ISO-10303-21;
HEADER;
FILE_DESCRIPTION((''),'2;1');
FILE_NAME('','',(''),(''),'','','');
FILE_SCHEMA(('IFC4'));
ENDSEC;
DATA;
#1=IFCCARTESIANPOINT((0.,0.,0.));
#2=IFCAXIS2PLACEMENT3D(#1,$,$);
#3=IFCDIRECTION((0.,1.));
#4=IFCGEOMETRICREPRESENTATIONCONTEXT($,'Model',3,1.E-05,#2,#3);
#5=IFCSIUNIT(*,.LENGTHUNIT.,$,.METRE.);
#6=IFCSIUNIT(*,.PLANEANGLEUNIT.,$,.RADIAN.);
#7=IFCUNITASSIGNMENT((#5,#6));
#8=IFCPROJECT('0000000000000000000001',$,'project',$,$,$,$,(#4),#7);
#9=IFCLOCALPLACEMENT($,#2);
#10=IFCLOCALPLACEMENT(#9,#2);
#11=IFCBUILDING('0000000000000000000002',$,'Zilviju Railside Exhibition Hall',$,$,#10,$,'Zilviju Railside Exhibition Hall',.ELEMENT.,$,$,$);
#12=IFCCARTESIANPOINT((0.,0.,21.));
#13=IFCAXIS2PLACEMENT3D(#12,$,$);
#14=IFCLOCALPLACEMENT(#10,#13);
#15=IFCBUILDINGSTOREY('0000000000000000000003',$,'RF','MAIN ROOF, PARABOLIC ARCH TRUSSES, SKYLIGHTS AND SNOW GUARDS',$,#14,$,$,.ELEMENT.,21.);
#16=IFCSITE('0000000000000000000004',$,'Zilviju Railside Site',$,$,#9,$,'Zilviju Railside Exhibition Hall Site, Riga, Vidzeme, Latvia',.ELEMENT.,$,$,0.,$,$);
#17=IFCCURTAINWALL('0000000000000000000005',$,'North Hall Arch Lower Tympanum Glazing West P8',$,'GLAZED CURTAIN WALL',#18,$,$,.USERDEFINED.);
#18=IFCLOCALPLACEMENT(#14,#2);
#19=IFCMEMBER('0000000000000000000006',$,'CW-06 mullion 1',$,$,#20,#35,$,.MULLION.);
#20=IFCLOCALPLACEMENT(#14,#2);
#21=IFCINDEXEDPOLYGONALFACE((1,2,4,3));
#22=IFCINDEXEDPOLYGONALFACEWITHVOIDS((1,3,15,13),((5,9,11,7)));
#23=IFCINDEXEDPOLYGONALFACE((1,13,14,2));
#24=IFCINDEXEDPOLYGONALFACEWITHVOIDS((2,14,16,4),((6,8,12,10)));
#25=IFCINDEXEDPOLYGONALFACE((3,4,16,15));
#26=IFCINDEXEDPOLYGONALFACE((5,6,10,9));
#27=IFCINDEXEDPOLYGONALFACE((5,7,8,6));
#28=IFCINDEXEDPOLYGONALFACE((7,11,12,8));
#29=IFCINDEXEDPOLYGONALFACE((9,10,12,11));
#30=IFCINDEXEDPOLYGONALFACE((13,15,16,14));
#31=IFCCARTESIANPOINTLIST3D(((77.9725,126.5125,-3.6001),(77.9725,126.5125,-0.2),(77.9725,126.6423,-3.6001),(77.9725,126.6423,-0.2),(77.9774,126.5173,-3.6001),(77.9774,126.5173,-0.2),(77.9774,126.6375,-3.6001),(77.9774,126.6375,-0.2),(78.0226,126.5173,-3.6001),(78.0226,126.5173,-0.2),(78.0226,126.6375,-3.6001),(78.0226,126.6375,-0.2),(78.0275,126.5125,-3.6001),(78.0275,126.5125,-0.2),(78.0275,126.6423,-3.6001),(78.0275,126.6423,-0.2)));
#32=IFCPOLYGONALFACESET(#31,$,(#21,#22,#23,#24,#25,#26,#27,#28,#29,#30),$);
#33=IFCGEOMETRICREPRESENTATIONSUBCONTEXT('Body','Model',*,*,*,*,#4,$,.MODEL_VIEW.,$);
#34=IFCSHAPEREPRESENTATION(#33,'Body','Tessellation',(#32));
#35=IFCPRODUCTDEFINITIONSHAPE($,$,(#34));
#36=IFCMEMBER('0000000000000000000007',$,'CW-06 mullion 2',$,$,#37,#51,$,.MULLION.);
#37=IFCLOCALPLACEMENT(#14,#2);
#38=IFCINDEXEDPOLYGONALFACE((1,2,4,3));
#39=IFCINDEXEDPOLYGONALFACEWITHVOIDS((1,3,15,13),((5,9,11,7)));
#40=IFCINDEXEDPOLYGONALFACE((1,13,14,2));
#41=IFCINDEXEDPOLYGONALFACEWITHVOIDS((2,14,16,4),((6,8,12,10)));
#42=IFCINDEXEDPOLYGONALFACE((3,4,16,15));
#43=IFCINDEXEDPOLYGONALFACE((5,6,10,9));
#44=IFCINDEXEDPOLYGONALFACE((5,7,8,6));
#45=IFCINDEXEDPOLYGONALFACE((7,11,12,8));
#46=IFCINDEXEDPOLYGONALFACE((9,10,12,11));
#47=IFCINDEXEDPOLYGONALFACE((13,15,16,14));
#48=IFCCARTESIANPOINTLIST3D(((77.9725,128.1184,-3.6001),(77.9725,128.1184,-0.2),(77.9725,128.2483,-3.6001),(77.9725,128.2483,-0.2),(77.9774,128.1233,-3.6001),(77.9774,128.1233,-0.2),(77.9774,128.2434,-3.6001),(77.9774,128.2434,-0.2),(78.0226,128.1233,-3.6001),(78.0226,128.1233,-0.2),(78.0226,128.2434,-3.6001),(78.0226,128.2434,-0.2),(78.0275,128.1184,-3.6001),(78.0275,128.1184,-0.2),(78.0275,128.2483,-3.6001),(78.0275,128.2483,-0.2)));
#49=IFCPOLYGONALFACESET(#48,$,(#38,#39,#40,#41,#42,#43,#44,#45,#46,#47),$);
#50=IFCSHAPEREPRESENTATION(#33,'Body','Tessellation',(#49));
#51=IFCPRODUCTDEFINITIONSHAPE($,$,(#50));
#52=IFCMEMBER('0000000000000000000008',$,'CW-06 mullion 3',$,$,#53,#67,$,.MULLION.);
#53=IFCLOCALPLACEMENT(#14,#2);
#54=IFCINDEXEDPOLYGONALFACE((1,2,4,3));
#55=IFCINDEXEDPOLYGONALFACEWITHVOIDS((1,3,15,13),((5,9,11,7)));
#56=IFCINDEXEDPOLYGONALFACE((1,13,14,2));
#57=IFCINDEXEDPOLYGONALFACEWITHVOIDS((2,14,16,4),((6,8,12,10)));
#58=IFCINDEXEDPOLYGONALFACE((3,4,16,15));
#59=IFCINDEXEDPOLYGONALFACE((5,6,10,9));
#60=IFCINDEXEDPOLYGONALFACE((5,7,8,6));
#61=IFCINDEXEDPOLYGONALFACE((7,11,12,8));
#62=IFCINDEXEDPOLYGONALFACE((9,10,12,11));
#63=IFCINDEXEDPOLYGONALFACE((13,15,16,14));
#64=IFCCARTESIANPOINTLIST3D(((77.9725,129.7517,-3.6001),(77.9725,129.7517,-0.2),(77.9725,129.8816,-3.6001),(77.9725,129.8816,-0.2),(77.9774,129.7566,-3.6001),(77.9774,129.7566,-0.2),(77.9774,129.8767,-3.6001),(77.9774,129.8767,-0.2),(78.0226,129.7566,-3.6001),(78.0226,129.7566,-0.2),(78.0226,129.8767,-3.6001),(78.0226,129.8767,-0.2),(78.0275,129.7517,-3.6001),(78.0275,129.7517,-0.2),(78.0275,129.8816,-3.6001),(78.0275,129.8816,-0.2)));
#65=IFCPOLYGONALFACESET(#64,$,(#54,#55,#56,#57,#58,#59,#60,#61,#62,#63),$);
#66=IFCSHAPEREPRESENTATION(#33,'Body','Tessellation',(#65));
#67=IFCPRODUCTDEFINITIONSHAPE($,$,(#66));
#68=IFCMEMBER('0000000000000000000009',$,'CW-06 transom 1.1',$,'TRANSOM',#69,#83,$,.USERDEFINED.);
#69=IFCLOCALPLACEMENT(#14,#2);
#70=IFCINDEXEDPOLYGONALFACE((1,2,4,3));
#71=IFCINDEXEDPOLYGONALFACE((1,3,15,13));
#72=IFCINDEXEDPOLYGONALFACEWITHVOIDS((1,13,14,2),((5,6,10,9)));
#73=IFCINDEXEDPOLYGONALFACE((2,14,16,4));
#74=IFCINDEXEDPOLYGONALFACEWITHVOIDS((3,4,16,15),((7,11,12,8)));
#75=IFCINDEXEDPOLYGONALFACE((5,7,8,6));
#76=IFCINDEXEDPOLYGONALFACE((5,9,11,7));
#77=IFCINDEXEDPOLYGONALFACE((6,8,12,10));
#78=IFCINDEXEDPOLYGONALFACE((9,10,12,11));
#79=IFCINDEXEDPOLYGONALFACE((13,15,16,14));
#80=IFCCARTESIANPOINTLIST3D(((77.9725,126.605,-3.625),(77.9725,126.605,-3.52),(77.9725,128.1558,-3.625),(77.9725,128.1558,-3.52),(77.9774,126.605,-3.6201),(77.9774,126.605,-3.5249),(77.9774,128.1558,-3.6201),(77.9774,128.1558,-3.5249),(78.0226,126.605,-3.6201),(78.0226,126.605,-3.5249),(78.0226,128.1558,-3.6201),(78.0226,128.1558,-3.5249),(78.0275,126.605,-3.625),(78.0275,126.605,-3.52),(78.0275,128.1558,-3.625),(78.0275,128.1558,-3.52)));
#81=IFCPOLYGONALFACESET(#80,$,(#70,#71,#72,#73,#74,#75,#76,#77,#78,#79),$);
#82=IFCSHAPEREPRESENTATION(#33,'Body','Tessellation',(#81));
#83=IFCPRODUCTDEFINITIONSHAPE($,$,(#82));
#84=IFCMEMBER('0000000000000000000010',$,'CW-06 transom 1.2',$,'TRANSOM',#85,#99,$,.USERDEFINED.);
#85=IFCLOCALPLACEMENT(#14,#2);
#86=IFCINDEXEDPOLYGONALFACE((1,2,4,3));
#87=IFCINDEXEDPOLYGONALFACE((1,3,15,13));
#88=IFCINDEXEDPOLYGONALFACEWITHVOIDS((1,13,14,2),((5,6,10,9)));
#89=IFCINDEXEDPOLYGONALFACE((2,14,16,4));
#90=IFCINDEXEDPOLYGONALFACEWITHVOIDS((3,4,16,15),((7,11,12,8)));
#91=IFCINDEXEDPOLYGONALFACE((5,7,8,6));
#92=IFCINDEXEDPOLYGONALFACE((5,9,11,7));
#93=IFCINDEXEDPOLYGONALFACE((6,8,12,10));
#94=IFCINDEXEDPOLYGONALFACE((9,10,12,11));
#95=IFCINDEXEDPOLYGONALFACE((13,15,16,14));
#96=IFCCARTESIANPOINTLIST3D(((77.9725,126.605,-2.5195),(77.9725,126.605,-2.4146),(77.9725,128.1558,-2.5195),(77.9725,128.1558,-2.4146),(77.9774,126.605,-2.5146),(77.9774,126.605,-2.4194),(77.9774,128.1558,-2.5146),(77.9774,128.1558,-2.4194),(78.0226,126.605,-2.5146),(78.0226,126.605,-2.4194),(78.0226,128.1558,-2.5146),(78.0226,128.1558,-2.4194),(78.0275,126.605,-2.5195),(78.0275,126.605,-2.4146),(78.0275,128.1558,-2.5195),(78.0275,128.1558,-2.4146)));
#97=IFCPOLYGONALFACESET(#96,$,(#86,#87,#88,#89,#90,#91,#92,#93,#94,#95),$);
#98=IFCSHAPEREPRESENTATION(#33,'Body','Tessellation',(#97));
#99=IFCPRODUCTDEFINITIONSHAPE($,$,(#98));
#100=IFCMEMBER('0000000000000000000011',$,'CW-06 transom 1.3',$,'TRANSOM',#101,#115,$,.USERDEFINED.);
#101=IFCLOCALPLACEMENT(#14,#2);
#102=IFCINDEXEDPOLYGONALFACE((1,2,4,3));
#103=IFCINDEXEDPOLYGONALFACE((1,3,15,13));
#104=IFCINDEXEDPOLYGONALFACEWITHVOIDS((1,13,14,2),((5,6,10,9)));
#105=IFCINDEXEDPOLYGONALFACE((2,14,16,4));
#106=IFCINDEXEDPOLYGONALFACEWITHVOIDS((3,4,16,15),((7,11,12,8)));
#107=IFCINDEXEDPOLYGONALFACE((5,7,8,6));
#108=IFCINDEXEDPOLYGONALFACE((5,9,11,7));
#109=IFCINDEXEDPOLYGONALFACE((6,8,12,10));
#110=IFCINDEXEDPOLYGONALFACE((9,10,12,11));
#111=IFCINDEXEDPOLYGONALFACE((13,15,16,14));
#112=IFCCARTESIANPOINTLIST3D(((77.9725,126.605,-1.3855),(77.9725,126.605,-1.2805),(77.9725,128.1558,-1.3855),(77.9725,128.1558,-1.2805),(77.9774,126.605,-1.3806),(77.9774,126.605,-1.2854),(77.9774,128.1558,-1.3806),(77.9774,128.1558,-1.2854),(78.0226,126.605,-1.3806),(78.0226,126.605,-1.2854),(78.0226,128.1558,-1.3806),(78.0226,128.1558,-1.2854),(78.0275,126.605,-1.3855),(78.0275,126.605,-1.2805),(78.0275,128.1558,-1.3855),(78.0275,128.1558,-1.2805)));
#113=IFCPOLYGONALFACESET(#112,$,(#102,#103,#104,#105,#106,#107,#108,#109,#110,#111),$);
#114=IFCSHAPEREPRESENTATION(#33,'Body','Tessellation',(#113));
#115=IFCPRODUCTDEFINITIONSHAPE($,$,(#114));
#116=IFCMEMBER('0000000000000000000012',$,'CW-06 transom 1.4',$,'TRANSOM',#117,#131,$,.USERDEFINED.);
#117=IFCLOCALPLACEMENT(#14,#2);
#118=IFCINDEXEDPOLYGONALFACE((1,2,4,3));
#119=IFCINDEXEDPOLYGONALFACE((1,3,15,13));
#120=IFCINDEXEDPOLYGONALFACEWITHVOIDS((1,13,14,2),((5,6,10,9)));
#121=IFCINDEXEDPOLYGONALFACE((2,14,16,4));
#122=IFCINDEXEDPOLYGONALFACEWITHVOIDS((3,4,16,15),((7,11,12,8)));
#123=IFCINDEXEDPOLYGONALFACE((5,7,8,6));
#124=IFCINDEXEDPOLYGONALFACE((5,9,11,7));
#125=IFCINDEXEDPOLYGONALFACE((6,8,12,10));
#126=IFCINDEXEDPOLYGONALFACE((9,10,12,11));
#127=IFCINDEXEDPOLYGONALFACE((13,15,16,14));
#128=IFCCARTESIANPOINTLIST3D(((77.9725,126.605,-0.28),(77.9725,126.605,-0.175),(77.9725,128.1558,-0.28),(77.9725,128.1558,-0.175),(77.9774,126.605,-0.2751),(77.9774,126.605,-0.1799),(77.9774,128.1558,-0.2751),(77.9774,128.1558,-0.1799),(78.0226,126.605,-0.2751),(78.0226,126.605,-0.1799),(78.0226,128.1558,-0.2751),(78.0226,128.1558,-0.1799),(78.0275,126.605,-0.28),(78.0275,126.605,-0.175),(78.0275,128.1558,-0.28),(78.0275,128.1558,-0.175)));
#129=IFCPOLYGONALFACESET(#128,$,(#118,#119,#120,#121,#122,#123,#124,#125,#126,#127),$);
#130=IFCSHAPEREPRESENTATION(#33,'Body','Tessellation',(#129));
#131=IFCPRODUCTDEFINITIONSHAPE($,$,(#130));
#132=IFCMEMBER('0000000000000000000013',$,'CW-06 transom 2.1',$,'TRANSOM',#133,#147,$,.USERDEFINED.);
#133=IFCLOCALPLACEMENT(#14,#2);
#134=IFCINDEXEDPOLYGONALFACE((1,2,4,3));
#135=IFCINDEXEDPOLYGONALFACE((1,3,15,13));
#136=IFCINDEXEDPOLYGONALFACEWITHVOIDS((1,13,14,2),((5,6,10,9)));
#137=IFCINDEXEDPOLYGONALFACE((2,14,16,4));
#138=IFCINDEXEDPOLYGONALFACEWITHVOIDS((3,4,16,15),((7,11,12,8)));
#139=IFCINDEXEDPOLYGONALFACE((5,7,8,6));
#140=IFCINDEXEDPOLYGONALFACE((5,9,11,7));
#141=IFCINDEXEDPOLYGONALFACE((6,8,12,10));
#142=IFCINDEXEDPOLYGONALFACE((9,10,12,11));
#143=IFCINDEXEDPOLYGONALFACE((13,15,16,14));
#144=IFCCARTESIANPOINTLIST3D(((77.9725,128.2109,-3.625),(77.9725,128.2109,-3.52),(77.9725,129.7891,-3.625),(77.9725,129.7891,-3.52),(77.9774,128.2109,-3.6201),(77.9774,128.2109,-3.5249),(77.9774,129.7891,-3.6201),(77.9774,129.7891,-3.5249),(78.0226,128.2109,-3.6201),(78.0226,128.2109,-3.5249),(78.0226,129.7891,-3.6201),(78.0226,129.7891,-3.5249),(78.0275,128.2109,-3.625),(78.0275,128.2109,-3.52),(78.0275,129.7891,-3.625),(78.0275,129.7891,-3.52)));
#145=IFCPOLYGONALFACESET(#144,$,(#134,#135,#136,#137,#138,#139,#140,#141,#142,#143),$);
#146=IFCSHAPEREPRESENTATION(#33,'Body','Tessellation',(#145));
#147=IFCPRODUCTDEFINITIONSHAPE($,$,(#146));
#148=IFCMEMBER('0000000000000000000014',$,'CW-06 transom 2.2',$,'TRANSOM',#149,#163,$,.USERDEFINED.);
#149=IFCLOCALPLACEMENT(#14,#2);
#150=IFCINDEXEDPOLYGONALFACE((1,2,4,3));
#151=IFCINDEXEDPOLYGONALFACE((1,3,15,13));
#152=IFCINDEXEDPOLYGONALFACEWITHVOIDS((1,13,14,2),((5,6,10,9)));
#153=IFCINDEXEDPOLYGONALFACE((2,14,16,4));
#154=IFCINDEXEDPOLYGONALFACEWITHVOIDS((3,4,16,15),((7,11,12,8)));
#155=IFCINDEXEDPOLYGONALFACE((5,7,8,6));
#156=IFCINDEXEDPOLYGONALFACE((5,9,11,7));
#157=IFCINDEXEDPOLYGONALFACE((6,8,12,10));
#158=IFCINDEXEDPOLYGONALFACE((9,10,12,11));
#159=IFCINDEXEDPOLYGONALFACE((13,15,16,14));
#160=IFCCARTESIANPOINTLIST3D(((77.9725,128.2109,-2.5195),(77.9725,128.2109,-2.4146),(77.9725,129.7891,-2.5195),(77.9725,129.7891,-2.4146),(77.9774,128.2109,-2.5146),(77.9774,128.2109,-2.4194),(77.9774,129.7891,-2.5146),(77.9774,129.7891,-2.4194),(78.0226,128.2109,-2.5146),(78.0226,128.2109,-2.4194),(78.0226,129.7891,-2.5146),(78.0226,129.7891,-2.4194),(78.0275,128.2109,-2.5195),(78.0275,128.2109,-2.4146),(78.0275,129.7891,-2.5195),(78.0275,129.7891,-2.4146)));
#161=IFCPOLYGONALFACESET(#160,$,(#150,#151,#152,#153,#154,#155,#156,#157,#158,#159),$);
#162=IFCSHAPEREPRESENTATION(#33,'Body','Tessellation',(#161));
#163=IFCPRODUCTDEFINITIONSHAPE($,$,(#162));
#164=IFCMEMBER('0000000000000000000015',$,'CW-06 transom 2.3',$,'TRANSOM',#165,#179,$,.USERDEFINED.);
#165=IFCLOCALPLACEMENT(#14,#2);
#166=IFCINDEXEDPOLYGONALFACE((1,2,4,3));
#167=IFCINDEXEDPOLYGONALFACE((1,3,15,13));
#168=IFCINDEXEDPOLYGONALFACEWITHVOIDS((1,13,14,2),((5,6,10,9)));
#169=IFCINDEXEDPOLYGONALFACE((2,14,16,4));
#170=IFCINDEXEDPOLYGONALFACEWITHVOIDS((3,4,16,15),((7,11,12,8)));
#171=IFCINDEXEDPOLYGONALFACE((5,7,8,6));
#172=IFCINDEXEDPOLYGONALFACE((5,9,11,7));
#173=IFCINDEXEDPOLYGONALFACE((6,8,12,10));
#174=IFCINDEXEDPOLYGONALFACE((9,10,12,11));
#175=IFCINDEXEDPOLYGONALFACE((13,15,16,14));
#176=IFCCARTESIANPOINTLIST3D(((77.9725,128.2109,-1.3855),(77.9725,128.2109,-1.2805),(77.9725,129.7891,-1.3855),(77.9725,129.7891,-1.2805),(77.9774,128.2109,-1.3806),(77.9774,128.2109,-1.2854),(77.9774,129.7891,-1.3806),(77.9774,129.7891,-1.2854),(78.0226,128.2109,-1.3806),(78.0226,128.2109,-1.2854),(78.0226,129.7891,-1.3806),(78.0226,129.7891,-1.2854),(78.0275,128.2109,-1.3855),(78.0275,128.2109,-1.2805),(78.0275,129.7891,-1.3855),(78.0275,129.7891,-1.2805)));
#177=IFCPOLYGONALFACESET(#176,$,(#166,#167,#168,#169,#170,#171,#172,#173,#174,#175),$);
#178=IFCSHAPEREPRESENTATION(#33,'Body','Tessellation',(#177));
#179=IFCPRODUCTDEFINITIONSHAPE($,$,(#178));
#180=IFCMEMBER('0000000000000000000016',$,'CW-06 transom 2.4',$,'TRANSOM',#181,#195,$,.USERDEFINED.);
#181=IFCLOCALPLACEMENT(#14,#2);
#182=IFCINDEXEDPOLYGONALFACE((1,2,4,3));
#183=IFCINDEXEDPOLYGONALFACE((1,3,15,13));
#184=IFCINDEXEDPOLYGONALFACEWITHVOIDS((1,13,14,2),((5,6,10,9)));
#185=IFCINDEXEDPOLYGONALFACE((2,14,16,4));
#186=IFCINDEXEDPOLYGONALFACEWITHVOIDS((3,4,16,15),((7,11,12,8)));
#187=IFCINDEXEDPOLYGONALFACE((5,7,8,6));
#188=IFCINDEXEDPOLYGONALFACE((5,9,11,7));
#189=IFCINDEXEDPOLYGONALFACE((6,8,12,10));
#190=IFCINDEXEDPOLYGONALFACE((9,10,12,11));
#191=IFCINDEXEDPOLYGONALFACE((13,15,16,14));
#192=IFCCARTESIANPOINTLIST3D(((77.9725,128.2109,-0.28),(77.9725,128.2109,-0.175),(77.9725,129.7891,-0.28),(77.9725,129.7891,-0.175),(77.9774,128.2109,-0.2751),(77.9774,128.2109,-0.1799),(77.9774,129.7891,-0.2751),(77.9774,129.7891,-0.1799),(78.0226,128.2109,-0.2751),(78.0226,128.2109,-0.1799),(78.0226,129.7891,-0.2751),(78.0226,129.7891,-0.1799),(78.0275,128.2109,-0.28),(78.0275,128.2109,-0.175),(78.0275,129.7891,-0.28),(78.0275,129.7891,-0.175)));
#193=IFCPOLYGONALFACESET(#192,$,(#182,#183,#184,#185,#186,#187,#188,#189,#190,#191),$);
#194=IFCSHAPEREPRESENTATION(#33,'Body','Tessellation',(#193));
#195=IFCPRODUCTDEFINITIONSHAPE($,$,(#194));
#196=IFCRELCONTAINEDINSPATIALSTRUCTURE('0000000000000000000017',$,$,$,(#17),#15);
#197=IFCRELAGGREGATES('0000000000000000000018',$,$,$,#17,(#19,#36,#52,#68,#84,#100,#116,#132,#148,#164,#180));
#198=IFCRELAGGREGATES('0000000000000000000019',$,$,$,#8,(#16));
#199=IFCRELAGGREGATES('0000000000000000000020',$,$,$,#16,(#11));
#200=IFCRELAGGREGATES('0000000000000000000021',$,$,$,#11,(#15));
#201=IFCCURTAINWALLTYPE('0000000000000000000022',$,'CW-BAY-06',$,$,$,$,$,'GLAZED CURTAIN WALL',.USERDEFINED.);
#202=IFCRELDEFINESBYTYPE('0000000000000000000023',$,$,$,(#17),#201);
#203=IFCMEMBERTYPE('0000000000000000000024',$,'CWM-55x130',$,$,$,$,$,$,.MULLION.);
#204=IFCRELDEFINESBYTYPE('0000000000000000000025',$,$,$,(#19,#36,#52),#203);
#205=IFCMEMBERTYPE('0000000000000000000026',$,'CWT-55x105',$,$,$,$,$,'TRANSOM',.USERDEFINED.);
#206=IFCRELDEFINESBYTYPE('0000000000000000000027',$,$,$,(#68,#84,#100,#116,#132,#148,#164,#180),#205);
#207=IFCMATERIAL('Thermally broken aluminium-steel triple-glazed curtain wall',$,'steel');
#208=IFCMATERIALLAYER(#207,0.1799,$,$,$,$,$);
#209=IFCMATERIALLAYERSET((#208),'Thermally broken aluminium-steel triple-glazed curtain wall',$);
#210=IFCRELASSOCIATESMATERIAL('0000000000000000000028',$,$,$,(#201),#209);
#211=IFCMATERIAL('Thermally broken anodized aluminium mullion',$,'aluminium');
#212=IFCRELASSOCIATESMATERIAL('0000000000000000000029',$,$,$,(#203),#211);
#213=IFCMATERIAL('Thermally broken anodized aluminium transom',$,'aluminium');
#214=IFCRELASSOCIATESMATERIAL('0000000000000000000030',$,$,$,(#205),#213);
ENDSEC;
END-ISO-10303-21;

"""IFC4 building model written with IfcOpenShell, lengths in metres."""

from ifc_helpers import new_model, si_unit, direction, frame, origin, origin_2d, place, context, subcontext, project, spatial, hollow_rectangle, extrude, material, layer, layer_set, material_profile, profile_set, type_object, element, aggregate, save


model = new_model("IFC4")

# Units and contexts
model_context = context("Model", 3, precision=1e-05, world=origin(), true_north=direction((0.0, 1.0)))
body_context = subcontext(model_context, "Body", "Model", "MODEL_VIEW")
ifc_project = project(units=[si_unit("LENGTHUNIT", "METRE"), si_unit("PLANEANGLEUNIT", "RADIAN")], contexts=[model_context])

# Site, building, storey
site_placement = place(None, origin())
site = spatial("IfcSite", under=ifc_project, at=site_placement, Name="Zilviju Railside Site", LongName="Zilviju Railside Exhibition Hall Site, Riga, Vidzeme, Latvia", CompositionType="ELEMENT", RefElevation=0.0)
building_placement = place(site_placement, origin())
building = spatial("IfcBuilding", under=site, at=building_placement, Name="Zilviju Railside Exhibition Hall", LongName="Zilviju Railside Exhibition Hall", CompositionType="ELEMENT")
storey_placement = place(building_placement, frame((0.0, 0.0, 21.0)))
storey = spatial("IfcBuildingStorey", under=building, at=storey_placement, Name="RF", Description="MAIN ROOF, PARABOLIC ARCH TRUSSES, SKYLIGHTS AND SNOW GUARDS", CompositionType="ELEMENT", Elevation=21.0)

# Curtain wall, members
ifc_material_1 = material(Name="Thermally broken aluminium-steel triple-glazed curtain wall", Category="steel")
ifc_layer_1 = layer(ifc_material_1, 0.1799)
ifc_layer_set_1 = layer_set([ifc_layer_1], Name="Thermally broken aluminium-steel triple-glazed curtain wall")
curtain_wall_type = type_object("IfcCurtainWallType", Name="CW-BAY-06", ElementType="GLAZED CURTAIN WALL", PredefinedType="USERDEFINED", material=ifc_layer_set_1)
curtain_wall_placement = place(storey_placement, origin())
curtain_wall = element("IfcCurtainWall", 1, at=curtain_wall_placement, inside=storey, type_object=curtain_wall_type, Name="North Hall Arch Lower Tympanum Glazing West P8", ObjectType="GLAZED CURTAIN WALL", PredefinedType="USERDEFINED")
ifc_material_2 = material(Name="Thermally broken anodized aluminium mullion", Category="aluminium")
ifc_material_profile_1 = material_profile(ifc_material_2, hollow_rectangle(XDim=0.0549, YDim=0.1299, WallThickness=0.0049, at=origin_2d()), Name="MULLION 130x55x5")
ifc_profile_set_1 = profile_set([ifc_material_profile_1], Name="Thermally broken anodized aluminium mullion")
member_type_1 = type_object("IfcMemberType", Name="CWM-55x130", PredefinedType="MULLION", material=ifc_profile_set_1)
member_1_placement = place(storey_placement, frame((78.0, 126.5774, -3.6001), z_axis=(0.0, 0.0, 1.0), x_axis=(-1.0, 0.0, 0.0)))
member_1 = element("IfcMember", 2, at=member_1_placement, type_object=member_type_1, Name="CW-06 mullion 1", PredefinedType="MULLION", context=body_context, shape_type="SweptSolid", body=[
    extrude(hollow_rectangle(XDim=0.0549, YDim=0.1299, WallThickness=0.0049, at=origin_2d()), origin(), (0.0, 0.0, 1.0), 3.4001),
])
member_2_placement = place(storey_placement, frame((78.0, 128.1833, -3.6001), z_axis=(0.0, 0.0, 1.0), x_axis=(-1.0, 0.0, 0.0)))
member_2 = element("IfcMember", 3, at=member_2_placement, type_object=member_type_1, Name="CW-06 mullion 2", PredefinedType="MULLION", context=body_context, shape_type="SweptSolid", body=[
    extrude(hollow_rectangle(XDim=0.0549, YDim=0.1299, WallThickness=0.0049, at=origin_2d()), origin(), (0.0, 0.0, 1.0), 3.4001),
])
member_3_placement = place(storey_placement, frame((78.0, 129.8167, -3.6001), z_axis=(0.0, 0.0, 1.0), x_axis=(-1.0, 0.0, 0.0)))
member_3 = element("IfcMember", 4, at=member_3_placement, type_object=member_type_1, Name="CW-06 mullion 3", PredefinedType="MULLION", context=body_context, shape_type="SweptSolid", body=[
    extrude(hollow_rectangle(XDim=0.0549, YDim=0.1299, WallThickness=0.0049, at=origin_2d()), origin(), (0.0, 0.0, 1.0), 3.4001),
])
ifc_material_3 = material(Name="Thermally broken anodized aluminium transom", Category="aluminium")
ifc_material_profile_2 = material_profile(ifc_material_3, hollow_rectangle(XDim=0.0549, YDim=0.105, WallThickness=0.0049, at=origin_2d()), Name="TRANSOM 105x55x5")
ifc_profile_set_2 = profile_set([ifc_material_profile_2], Name="Thermally broken anodized aluminium transom")
member_type_2 = type_object("IfcMemberType", Name="CWT-55x105", ElementType="TRANSOM", PredefinedType="USERDEFINED", material=ifc_profile_set_2)
member_4_placement = place(storey_placement, frame((78.0, 126.605, -3.5725), z_axis=(0.0, 1.0, 0.0), x_axis=(-1.0, 0.0, 0.0)))
member_4 = element("IfcMember", 5, at=member_4_placement, type_object=member_type_2, Name="CW-06 transom 1.1", ObjectType="TRANSOM", PredefinedType="USERDEFINED", context=body_context, shape_type="SweptSolid", body=[
    extrude(hollow_rectangle(XDim=0.0549, YDim=0.105, WallThickness=0.0049, at=origin_2d()), origin(), (0.0, 0.0, 1.0), 1.5508),
])
member_5_placement = place(storey_placement, frame((78.0, 126.605, -2.467), z_axis=(0.0, 1.0, 0.0), x_axis=(-1.0, 0.0, 0.0)))
member_5 = element("IfcMember", 6, at=member_5_placement, type_object=member_type_2, Name="CW-06 transom 1.2", ObjectType="TRANSOM", PredefinedType="USERDEFINED", context=body_context, shape_type="SweptSolid", body=[
    extrude(hollow_rectangle(XDim=0.0549, YDim=0.105, WallThickness=0.0049, at=origin_2d()), origin(), (0.0, 0.0, 1.0), 1.5508),
])
member_6_placement = place(storey_placement, frame((78.0, 126.605, -1.333), z_axis=(0.0, 1.0, 0.0), x_axis=(-1.0, 0.0, 0.0)))
member_6 = element("IfcMember", 7, at=member_6_placement, type_object=member_type_2, Name="CW-06 transom 1.3", ObjectType="TRANSOM", PredefinedType="USERDEFINED", context=body_context, shape_type="SweptSolid", body=[
    extrude(hollow_rectangle(XDim=0.0549, YDim=0.105, WallThickness=0.0049, at=origin_2d()), origin(), (0.0, 0.0, 1.0), 1.5508),
])
member_7_placement = place(storey_placement, frame((78.0, 126.605, -0.2275), z_axis=(0.0, 1.0, 0.0), x_axis=(-1.0, 0.0, 0.0)))
member_7 = element("IfcMember", 8, at=member_7_placement, type_object=member_type_2, Name="CW-06 transom 1.4", ObjectType="TRANSOM", PredefinedType="USERDEFINED", context=body_context, shape_type="SweptSolid", body=[
    extrude(hollow_rectangle(XDim=0.0549, YDim=0.105, WallThickness=0.0049, at=origin_2d()), origin(), (0.0, 0.0, 1.0), 1.5508),
])
member_8_placement = place(storey_placement, frame((78.0, 128.2109, -3.5725), z_axis=(0.0, 1.0, 0.0), x_axis=(-1.0, 0.0, 0.0)))
member_8 = element("IfcMember", 9, at=member_8_placement, type_object=member_type_2, Name="CW-06 transom 2.1", ObjectType="TRANSOM", PredefinedType="USERDEFINED", context=body_context, shape_type="SweptSolid", body=[
    extrude(hollow_rectangle(XDim=0.0549, YDim=0.105, WallThickness=0.0049, at=origin_2d()), origin(), (0.0, 0.0, 1.0), 1.5781),
])
member_9_placement = place(storey_placement, frame((78.0, 128.2109, -2.467), z_axis=(0.0, 1.0, 0.0), x_axis=(-1.0, 0.0, 0.0)))
member_9 = element("IfcMember", 10, at=member_9_placement, type_object=member_type_2, Name="CW-06 transom 2.2", ObjectType="TRANSOM", PredefinedType="USERDEFINED", context=body_context, shape_type="SweptSolid", body=[
    extrude(hollow_rectangle(XDim=0.0549, YDim=0.105, WallThickness=0.0049, at=origin_2d()), origin(), (0.0, 0.0, 1.0), 1.5781),
])
member_10_placement = place(storey_placement, frame((78.0, 128.2109, -1.333), z_axis=(0.0, 1.0, 0.0), x_axis=(-1.0, 0.0, 0.0)))
member_10 = element("IfcMember", 11, at=member_10_placement, type_object=member_type_2, Name="CW-06 transom 2.3", ObjectType="TRANSOM", PredefinedType="USERDEFINED", context=body_context, shape_type="SweptSolid", body=[
    extrude(hollow_rectangle(XDim=0.0549, YDim=0.105, WallThickness=0.0049, at=origin_2d()), origin(), (0.0, 0.0, 1.0), 1.5781),
])
member_11_placement = place(storey_placement, frame((78.0, 128.2109, -0.2275), z_axis=(0.0, 1.0, 0.0), x_axis=(-1.0, 0.0, 0.0)))
member_11 = element("IfcMember", 12, at=member_11_placement, type_object=member_type_2, Name="CW-06 transom 2.4", ObjectType="TRANSOM", PredefinedType="USERDEFINED", context=body_context, shape_type="SweptSolid", body=[
    extrude(hollow_rectangle(XDim=0.0549, YDim=0.105, WallThickness=0.0049, at=origin_2d()), origin(), (0.0, 0.0, 1.0), 1.5781),
])
aggregate(curtain_wall, [member_1, member_2, member_3, member_4, member_5, member_6, member_7, member_8, member_9, member_10, member_11])

save(model, "model.ifc")
